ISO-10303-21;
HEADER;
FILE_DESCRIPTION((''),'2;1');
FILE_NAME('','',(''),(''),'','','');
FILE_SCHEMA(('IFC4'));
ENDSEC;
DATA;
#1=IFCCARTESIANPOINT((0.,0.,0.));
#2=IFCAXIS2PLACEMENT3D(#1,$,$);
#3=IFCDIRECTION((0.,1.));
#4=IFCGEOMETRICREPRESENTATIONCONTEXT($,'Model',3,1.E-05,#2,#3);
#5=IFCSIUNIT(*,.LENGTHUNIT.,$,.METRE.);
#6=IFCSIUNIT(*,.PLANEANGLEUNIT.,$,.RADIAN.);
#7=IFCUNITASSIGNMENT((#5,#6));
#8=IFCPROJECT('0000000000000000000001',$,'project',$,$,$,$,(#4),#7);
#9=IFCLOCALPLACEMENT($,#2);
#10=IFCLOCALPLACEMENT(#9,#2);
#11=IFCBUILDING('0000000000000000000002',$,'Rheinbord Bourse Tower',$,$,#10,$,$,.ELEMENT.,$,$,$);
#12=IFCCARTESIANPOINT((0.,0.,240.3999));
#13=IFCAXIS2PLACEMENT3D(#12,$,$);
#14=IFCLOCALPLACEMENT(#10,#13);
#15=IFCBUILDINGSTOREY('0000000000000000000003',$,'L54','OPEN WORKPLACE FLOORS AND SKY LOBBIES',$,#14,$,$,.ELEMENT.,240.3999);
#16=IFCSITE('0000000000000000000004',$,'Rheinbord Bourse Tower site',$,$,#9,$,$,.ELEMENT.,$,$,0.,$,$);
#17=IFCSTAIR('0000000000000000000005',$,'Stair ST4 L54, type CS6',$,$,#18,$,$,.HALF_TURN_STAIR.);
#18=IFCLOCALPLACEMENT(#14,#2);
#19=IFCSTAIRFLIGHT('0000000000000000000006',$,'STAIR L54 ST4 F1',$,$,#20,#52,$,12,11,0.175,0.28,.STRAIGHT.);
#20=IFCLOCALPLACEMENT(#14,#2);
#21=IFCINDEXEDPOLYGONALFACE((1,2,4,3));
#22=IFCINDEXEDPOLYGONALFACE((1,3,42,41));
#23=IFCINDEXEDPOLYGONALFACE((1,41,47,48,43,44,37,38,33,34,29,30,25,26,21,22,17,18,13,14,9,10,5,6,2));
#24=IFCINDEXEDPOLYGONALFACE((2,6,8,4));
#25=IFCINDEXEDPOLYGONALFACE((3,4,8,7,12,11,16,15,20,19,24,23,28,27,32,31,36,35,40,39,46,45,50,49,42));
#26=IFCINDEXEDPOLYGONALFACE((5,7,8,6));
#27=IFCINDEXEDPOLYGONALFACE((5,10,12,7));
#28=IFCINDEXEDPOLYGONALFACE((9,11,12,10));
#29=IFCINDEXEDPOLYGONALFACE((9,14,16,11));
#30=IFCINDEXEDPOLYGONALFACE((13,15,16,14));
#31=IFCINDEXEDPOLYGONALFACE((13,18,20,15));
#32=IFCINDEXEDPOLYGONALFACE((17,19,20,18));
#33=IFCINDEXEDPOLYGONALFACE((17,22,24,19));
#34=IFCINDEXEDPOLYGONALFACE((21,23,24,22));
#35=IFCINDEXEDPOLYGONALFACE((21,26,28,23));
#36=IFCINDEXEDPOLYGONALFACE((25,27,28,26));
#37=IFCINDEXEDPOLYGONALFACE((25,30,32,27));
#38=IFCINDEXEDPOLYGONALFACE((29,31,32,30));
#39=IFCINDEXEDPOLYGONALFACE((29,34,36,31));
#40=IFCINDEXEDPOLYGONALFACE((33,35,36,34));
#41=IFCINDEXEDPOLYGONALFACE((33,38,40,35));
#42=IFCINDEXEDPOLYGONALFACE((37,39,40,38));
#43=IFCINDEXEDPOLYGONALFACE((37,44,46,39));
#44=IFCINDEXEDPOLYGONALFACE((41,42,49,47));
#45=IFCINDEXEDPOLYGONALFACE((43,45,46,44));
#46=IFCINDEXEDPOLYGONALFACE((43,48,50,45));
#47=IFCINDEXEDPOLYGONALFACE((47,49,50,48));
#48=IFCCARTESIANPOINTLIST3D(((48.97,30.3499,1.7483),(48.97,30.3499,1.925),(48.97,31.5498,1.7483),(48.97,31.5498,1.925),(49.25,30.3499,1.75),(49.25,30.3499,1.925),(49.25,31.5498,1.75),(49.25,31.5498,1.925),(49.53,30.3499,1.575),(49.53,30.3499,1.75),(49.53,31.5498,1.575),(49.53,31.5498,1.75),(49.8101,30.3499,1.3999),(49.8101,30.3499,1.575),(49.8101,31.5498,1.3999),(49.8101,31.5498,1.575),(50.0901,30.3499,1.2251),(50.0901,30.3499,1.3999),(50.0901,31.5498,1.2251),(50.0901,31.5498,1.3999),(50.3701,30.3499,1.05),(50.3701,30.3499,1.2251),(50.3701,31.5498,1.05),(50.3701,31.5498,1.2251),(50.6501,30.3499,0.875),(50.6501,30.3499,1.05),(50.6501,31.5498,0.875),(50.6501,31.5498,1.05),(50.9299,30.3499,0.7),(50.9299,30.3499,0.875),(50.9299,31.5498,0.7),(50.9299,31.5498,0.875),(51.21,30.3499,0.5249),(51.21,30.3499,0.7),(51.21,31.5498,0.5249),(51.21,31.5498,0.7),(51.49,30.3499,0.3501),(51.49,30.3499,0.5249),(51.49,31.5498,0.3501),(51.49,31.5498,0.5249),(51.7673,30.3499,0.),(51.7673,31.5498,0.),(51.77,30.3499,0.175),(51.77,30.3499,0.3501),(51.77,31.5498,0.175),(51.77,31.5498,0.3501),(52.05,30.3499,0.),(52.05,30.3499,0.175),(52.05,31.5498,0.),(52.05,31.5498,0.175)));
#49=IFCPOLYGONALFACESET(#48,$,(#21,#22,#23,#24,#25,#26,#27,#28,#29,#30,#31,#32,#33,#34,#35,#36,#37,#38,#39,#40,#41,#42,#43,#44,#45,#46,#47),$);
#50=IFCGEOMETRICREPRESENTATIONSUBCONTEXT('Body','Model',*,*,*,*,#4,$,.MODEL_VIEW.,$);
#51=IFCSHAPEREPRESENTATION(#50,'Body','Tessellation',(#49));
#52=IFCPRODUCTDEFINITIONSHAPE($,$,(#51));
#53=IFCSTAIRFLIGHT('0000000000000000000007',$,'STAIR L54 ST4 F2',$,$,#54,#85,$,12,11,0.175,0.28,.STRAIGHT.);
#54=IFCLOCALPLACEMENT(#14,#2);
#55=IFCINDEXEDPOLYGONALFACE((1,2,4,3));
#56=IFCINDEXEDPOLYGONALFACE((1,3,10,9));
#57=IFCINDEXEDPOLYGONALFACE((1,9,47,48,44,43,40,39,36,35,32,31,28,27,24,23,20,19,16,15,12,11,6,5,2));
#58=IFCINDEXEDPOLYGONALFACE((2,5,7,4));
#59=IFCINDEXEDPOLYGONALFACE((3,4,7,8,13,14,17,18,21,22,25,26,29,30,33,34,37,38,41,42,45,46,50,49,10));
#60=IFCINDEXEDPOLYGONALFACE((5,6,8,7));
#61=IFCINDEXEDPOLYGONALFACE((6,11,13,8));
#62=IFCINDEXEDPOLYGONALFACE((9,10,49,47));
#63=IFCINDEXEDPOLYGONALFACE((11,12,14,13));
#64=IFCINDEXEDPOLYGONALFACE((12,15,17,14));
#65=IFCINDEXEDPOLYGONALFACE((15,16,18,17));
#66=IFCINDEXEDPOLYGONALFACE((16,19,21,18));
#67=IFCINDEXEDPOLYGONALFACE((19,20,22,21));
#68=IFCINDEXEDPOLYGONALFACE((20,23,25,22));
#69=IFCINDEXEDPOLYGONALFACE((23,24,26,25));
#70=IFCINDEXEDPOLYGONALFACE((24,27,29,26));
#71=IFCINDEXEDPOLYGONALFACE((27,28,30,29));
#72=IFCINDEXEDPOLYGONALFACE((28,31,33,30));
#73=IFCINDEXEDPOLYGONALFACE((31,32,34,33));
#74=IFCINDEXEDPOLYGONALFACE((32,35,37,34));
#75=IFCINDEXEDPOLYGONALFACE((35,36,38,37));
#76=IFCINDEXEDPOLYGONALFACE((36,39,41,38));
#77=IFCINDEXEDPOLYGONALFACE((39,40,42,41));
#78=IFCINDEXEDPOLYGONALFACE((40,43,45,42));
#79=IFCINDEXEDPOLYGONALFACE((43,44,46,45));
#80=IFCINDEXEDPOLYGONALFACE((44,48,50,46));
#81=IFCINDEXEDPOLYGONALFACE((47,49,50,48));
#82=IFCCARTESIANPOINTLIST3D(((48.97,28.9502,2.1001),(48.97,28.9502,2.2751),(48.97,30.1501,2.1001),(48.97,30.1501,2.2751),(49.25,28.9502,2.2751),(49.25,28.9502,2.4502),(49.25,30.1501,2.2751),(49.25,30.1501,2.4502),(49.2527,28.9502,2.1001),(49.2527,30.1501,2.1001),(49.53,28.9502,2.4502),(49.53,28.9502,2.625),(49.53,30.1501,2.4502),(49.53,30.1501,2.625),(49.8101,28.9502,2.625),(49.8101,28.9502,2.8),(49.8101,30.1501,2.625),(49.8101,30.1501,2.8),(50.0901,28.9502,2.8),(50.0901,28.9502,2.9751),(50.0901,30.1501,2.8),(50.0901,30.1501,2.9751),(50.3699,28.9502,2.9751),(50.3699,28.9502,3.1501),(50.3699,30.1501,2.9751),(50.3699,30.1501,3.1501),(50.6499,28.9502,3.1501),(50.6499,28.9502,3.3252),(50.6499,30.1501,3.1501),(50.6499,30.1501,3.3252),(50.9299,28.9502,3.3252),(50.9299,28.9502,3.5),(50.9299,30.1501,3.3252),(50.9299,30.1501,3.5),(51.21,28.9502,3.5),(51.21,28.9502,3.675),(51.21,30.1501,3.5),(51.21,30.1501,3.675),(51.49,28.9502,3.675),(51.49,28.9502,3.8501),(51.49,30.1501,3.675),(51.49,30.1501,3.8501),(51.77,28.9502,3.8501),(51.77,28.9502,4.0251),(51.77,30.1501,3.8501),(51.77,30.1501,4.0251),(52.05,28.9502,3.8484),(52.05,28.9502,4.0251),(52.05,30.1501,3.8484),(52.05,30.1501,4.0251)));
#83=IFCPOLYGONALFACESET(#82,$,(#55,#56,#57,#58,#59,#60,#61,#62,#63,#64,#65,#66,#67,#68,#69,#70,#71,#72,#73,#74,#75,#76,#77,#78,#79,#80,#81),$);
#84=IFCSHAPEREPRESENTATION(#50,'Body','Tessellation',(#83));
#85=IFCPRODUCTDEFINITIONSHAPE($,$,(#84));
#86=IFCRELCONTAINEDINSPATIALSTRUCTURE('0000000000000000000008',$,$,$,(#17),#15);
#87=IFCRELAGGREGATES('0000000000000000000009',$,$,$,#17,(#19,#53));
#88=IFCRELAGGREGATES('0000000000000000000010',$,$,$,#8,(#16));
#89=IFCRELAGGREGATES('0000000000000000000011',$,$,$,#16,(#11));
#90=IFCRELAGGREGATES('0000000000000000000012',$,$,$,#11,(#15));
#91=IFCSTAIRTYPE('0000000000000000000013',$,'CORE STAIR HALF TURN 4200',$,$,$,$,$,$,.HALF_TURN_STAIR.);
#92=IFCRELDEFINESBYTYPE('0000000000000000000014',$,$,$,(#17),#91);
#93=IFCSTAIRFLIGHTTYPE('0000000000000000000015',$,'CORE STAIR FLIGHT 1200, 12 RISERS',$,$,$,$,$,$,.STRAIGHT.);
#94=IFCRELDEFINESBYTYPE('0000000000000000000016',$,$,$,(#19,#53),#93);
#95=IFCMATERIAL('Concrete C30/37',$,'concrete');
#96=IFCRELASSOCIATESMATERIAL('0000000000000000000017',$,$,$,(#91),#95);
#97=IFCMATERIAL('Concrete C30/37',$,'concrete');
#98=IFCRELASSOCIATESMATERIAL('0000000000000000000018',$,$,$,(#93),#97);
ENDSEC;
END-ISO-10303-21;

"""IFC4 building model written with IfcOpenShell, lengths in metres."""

from ifc_helpers import new_model, si_unit, direction, frame, origin, place, context, subcontext, project, spatial, polyline, outline, extrude, material, type_object, element, aggregate, save


model = new_model("IFC4")

# Units and contexts
model_context = context("Model", 3, precision=1e-05, world=origin(), true_north=direction((0.0, 1.0)))
body_context = subcontext(model_context, "Body", "Model", "MODEL_VIEW")
ifc_project = project(units=[si_unit("LENGTHUNIT", "METRE"), si_unit("PLANEANGLEUNIT", "RADIAN")], contexts=[model_context])

# Site, building, storey
site_placement = place(None, origin())
site = spatial("IfcSite", under=ifc_project, at=site_placement, Name="Rheinbord Bourse Tower site", CompositionType="ELEMENT", RefElevation=0.0)
building_placement = place(site_placement, origin())
building = spatial("IfcBuilding", under=site, at=building_placement, Name="Rheinbord Bourse Tower", CompositionType="ELEMENT")
storey_placement = place(building_placement, frame((0.0, 0.0, 240.3999)))
storey = spatial("IfcBuildingStorey", under=building, at=storey_placement, Name="L54", Description="OPEN WORKPLACE FLOORS AND SKY LOBBIES", CompositionType="ELEMENT", Elevation=240.3999)

# Stair, stair flights
ifc_material_1 = material(Name="Concrete C30/37", Category="concrete")
stair_type = type_object("IfcStairType", Name="CORE STAIR HALF TURN 4200", PredefinedType="HALF_TURN_STAIR", material=ifc_material_1)
stair_placement = place(storey_placement, origin())
stair = element("IfcStair", 1, at=stair_placement, inside=storey, type_object=stair_type, Name="Stair ST4 L54, type CS6", PredefinedType="HALF_TURN_STAIR")
ifc_material_2 = material(Name="Concrete C30/37", Category="concrete")
stair_flight_type = type_object("IfcStairFlightType", Name="CORE STAIR FLIGHT 1200, 12 RISERS", PredefinedType="STRAIGHT", material=ifc_material_2)
stair_flight_1_placement = place(storey_placement, frame((52.05, 30.95, 0.0), z_axis=(0.0, 0.0, 1.0), x_axis=(-1.0, 0.0, 0.0)))
stair_flight_1 = element("IfcStairFlight", 2, at=stair_flight_1_placement, type_object=stair_flight_type, Name="STAIR L54 ST4 F1", NumberOfRisers=12, NumberOfTreads=11, PredefinedType="STRAIGHT", RiserHeight=0.175, TreadLength=0.28, context=body_context, shape_type="SweptSolid", body=[
    extrude(outline(polyline([(0.0, 0.0), (0.0, 0.175), (0.28, 0.175), (0.28, 0.3501), (0.5601, 0.3501), (0.5601, 0.5249), (0.8401, 0.5249), (0.8401, 0.7), (1.1201, 0.7), (1.1201, 0.875), (1.3999, 0.875), (1.3999, 1.05), (1.6799, 1.05), (1.6799, 1.2251), (1.96, 1.2251), (1.96, 1.3999), (2.24, 1.3999), (2.24, 1.575), (2.52, 1.575), (2.52, 1.75), (2.8, 1.75), (2.8, 1.925), (3.0801, 1.925), (3.0801, 2.1001), (3.0801, 1.7483), (0.2827, 0.0), (0.0, 0.0)])), frame((0.0, 0.6001, 0.0), z_axis=(0.0, -1.0, 0.0), x_axis=(1.0, 0.0, 0.0)), (0.0, 0.0, 1.0), 1.2),
])
stair_flight_2_placement = place(storey_placement, frame((48.97, 29.55, 2.1001), z_axis=(0.0, 0.0, 1.0), x_axis=(1.0, 0.0, 0.0)))
stair_flight_2 = element("IfcStairFlight", 3, at=stair_flight_2_placement, type_object=stair_flight_type, Name="STAIR L54 ST4 F2", NumberOfRisers=12, NumberOfTreads=11, PredefinedType="STRAIGHT", RiserHeight=0.175, TreadLength=0.28, context=body_context, shape_type="SweptSolid", body=[
    extrude(outline(polyline([(0.0, 0.0), (0.0, 0.175), (0.28, 0.175), (0.28, 0.3501), (0.5601, 0.3501), (0.5601, 0.5249), (0.8401, 0.5249), (0.8401, 0.7), (1.1201, 0.7), (1.1201, 0.875), (1.3999, 0.875), (1.3999, 1.05), (1.6799, 1.05), (1.6799, 1.2251), (1.96, 1.2251), (1.96, 1.3999), (2.24, 1.3999), (2.24, 1.575), (2.52, 1.575), (2.52, 1.75), (2.8, 1.75), (2.8, 1.925), (3.0801, 1.925), (3.0801, 2.1001), (3.0801, 1.7483), (0.2827, 0.0), (0.0, 0.0)])), frame((0.0, 0.6001, 0.0), z_axis=(0.0, -1.0, 0.0), x_axis=(1.0, 0.0, 0.0)), (0.0, 0.0, 1.0), 1.2),
])
aggregate(stair, [stair_flight_1, stair_flight_2])

save(model, "model.ifc")
